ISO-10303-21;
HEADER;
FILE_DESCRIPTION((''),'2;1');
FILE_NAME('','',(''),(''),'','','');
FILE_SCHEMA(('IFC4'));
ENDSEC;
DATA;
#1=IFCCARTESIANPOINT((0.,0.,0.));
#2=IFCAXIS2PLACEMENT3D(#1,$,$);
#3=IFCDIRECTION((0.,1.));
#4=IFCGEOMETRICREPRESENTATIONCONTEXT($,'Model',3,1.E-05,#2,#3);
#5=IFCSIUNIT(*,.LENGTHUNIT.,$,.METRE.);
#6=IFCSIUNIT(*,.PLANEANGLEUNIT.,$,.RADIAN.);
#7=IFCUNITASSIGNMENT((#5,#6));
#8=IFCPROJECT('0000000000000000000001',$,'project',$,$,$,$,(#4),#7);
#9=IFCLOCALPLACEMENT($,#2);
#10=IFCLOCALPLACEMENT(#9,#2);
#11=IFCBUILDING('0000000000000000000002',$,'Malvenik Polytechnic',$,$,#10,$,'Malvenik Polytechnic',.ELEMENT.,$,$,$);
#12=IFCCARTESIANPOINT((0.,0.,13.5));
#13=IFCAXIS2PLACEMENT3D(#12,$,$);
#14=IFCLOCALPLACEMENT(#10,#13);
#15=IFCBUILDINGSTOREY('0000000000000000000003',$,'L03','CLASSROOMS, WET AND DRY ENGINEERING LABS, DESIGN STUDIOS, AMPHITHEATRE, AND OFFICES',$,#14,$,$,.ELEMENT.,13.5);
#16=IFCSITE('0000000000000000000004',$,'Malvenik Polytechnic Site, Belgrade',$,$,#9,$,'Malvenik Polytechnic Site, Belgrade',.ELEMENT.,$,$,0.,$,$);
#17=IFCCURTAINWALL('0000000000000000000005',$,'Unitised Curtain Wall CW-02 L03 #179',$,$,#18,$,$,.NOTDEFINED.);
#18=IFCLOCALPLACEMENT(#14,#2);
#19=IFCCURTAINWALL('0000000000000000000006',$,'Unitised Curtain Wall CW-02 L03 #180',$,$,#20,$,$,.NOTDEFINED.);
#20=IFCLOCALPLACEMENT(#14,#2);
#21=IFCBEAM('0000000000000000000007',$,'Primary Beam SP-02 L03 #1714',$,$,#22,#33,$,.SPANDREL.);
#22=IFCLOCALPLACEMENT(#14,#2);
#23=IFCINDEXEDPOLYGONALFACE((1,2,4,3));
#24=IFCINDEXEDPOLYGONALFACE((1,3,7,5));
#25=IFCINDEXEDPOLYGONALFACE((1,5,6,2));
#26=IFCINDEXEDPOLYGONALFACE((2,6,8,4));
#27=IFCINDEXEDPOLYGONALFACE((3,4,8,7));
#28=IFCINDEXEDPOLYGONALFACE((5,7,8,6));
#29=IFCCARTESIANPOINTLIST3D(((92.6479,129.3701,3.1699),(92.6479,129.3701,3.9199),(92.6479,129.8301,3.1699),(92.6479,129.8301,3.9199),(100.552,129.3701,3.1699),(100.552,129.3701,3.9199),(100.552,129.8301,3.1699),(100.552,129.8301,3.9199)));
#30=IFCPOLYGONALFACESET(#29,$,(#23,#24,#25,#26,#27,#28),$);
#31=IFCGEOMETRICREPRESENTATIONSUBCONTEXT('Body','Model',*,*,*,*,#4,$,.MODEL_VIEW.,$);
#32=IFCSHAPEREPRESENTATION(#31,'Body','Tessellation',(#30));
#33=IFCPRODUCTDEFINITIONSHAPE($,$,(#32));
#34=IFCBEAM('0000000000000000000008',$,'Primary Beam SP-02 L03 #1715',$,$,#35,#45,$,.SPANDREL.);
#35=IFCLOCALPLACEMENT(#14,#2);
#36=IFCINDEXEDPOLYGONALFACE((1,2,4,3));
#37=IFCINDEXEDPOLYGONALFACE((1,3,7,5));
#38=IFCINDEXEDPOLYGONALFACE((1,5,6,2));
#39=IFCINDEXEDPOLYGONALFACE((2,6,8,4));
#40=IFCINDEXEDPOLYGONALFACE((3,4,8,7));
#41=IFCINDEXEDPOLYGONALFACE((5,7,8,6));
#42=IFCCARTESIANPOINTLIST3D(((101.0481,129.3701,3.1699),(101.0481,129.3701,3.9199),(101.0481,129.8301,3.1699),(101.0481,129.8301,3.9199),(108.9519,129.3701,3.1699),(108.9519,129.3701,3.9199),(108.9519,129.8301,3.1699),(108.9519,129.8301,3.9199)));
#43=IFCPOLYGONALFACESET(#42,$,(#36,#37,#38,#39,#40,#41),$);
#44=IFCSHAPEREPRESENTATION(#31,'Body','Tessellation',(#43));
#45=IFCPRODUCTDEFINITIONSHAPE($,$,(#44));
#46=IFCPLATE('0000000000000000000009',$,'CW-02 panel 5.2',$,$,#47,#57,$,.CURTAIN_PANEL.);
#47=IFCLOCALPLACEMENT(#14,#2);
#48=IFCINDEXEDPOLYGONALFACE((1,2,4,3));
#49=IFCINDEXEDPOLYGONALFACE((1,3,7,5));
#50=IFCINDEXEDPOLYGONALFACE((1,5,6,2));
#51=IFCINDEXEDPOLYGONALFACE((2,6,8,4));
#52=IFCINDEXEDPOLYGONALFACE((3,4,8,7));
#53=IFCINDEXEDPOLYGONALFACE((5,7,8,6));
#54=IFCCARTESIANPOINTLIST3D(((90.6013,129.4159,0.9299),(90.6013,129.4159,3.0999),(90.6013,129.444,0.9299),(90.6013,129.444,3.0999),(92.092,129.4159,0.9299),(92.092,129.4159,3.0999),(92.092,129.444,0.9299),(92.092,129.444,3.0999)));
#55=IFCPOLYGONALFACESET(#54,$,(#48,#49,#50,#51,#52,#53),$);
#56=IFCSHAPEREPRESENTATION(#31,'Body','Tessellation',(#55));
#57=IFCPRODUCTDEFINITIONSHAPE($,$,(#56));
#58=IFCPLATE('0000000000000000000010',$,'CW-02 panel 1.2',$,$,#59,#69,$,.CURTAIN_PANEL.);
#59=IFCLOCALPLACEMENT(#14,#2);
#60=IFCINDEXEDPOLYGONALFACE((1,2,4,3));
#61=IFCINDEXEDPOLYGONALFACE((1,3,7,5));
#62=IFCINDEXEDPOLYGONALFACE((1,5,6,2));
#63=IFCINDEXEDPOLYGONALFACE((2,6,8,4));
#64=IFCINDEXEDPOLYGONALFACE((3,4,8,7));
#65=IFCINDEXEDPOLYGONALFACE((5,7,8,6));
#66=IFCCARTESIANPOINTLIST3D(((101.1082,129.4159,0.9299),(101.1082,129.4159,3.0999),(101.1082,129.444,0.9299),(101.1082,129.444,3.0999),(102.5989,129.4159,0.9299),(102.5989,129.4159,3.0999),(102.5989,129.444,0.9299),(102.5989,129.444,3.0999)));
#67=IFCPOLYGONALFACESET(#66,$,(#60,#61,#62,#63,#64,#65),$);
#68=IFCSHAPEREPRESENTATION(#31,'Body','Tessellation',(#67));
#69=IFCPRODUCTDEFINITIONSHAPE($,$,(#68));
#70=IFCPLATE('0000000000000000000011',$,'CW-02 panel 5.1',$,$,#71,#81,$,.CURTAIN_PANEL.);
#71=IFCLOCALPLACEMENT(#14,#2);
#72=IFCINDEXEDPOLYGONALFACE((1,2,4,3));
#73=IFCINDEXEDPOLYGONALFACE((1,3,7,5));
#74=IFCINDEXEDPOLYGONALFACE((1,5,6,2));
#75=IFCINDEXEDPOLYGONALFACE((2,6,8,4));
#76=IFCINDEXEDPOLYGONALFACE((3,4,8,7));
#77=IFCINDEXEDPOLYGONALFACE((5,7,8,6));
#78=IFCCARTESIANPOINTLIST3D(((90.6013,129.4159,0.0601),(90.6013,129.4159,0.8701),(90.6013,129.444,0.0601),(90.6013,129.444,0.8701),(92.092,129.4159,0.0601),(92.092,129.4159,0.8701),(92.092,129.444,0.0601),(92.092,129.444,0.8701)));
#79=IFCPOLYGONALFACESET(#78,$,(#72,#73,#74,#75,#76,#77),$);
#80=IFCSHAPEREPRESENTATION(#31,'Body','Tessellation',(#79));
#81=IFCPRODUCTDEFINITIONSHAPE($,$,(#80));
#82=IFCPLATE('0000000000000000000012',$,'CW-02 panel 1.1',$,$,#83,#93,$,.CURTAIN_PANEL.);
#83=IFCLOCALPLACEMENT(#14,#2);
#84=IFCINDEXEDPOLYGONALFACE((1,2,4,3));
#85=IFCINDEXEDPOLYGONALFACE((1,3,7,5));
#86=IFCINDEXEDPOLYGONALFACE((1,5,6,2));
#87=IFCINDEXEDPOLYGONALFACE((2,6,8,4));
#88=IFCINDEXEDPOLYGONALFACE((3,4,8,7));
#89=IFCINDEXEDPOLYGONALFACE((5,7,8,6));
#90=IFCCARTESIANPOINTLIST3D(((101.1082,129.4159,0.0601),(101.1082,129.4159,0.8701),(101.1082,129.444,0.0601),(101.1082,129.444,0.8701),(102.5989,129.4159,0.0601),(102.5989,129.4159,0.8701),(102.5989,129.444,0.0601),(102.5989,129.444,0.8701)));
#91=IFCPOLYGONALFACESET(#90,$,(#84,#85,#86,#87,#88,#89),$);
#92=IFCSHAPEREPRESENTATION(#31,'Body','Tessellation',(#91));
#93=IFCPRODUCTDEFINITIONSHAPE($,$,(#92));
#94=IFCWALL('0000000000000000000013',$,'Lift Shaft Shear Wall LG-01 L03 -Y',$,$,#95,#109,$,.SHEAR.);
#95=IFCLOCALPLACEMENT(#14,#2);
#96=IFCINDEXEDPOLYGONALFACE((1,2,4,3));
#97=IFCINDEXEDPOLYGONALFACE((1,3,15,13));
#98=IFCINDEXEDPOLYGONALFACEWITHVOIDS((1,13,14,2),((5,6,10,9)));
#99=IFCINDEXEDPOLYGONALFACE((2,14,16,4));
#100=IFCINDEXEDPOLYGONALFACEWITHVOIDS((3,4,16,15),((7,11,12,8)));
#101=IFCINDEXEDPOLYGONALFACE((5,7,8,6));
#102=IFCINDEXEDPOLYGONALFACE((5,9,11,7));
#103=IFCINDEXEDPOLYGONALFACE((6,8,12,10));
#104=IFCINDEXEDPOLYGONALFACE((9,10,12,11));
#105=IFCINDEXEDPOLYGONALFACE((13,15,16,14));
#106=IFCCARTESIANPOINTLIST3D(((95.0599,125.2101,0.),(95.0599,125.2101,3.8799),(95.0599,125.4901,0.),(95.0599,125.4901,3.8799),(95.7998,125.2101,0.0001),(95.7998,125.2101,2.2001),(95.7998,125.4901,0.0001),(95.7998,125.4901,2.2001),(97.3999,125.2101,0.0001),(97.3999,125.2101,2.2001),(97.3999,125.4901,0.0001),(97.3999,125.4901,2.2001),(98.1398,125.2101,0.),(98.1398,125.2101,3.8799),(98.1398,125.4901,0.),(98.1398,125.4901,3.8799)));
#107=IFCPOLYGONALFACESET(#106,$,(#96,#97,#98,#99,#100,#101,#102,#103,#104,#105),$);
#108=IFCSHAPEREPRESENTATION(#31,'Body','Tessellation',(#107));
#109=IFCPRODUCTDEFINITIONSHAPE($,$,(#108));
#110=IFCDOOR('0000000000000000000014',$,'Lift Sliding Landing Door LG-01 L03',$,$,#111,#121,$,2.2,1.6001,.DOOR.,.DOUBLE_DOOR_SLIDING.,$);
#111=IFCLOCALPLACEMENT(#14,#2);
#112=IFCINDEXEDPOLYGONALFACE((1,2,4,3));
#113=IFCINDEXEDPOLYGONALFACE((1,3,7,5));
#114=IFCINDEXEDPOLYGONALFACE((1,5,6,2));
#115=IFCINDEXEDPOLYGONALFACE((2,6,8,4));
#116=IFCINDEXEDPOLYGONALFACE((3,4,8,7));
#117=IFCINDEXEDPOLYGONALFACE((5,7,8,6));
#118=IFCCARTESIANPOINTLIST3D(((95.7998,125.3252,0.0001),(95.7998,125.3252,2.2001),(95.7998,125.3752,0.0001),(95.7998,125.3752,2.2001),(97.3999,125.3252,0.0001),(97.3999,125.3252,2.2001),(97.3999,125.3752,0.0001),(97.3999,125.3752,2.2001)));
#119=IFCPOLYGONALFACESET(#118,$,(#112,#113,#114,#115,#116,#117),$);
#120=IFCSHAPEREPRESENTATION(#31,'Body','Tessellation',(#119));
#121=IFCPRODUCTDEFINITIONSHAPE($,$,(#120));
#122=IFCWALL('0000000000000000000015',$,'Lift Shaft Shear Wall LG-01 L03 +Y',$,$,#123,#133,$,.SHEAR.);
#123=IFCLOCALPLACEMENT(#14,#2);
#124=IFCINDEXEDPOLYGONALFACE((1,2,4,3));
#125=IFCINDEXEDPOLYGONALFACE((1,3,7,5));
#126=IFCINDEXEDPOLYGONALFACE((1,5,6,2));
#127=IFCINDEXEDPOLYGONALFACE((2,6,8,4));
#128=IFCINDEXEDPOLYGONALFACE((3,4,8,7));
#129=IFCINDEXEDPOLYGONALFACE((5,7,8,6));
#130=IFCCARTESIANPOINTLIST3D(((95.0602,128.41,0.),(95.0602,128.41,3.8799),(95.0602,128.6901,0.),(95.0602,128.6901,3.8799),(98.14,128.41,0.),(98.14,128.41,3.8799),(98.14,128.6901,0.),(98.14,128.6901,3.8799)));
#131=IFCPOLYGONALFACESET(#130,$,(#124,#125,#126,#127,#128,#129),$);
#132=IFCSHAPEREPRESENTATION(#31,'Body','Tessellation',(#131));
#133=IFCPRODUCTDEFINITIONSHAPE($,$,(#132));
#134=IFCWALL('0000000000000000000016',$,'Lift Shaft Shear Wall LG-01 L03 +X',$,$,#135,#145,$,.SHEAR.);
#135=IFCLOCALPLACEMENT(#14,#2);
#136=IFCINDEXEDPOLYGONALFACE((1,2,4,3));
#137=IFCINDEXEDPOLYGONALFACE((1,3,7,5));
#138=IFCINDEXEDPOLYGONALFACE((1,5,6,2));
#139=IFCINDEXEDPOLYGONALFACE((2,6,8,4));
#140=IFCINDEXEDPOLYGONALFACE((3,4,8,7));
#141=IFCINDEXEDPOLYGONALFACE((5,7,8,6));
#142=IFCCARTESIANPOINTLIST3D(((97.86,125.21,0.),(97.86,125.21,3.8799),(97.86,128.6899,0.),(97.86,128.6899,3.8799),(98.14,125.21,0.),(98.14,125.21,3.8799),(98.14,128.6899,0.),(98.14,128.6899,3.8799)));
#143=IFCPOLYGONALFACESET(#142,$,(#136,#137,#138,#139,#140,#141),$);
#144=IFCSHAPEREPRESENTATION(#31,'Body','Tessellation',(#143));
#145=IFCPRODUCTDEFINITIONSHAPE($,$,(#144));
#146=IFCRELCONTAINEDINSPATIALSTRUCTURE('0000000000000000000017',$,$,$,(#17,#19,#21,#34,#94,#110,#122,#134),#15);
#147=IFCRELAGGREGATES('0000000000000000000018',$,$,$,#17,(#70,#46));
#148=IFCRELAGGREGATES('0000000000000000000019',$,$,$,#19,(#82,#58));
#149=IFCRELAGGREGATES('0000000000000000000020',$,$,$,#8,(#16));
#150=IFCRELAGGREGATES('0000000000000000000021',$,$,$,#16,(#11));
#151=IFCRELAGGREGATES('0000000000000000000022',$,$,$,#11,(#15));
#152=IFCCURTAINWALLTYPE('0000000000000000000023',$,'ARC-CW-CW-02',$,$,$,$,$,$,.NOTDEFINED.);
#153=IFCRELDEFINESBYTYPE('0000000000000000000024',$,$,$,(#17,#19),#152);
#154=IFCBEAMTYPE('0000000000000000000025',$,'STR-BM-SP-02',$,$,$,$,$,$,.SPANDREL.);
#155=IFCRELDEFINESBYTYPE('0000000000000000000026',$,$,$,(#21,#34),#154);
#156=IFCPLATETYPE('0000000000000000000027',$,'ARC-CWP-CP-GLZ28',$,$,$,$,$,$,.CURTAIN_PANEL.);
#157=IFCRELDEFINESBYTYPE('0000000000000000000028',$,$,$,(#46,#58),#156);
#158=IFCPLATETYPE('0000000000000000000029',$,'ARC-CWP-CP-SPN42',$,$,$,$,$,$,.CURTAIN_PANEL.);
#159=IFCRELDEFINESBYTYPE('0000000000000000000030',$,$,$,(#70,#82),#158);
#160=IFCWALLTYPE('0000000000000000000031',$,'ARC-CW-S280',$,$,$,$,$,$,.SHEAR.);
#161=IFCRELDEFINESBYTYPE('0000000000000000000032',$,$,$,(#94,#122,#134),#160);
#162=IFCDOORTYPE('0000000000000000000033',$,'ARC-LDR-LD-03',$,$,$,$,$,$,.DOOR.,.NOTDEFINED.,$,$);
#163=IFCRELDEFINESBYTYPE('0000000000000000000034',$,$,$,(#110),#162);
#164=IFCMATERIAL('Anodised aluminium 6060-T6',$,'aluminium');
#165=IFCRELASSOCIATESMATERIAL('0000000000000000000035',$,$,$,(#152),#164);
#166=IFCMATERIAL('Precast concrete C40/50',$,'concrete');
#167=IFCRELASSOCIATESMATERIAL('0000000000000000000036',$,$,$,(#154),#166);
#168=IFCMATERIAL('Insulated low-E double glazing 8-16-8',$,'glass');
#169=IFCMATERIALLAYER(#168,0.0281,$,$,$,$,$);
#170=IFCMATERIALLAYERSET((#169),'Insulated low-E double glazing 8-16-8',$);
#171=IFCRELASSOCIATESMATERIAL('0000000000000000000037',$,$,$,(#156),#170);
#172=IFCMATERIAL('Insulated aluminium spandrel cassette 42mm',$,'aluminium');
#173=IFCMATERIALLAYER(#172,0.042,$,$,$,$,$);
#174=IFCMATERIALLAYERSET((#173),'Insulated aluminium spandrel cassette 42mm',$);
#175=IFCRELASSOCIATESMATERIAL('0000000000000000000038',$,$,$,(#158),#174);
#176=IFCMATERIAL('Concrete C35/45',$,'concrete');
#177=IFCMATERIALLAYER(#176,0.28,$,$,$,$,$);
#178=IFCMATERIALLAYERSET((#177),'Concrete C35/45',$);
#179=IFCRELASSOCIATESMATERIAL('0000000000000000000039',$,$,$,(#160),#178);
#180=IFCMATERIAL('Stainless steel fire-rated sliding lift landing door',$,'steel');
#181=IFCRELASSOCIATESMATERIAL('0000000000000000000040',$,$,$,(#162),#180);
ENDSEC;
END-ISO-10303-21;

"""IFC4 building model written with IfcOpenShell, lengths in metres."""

from ifc_helpers import new_model, si_unit, direction, frame, frame_2d, origin, origin_2d, place, context, subcontext, project, spatial, rectangle, extrude, material, layer, layer_set, material_profile, profile_set, type_object, element, fill, aggregate, save


model = new_model("IFC4")

# Units and contexts
model_context = context("Model", 3, precision=1e-05, world=origin(), true_north=direction((0.0, 1.0)))
body_context = subcontext(model_context, "Body", "Model", "MODEL_VIEW")
ifc_project = project(units=[si_unit("LENGTHUNIT", "METRE"), si_unit("PLANEANGLEUNIT", "RADIAN")], contexts=[model_context])

# Site, building, storey
site_placement = place(None, origin())
site = spatial("IfcSite", under=ifc_project, at=site_placement, Name="Malvenik Polytechnic Site, Belgrade", LongName="Malvenik Polytechnic Site, Belgrade", CompositionType="ELEMENT", RefElevation=0.0)
building_placement = place(site_placement, origin())
building = spatial("IfcBuilding", under=site, at=building_placement, Name="Malvenik Polytechnic", LongName="Malvenik Polytechnic", CompositionType="ELEMENT")
storey_placement = place(building_placement, frame((0.0, 0.0, 13.5)))
storey = spatial("IfcBuildingStorey", under=building, at=storey_placement, Name="L03", Description="CLASSROOMS, WET AND DRY ENGINEERING LABS, DESIGN STUDIOS, AMPHITHEATRE, AND OFFICES", CompositionType="ELEMENT", Elevation=13.5)

# Shared definitions
ifc_material_1 = material(Name="Concrete C35/45", Category="concrete")

# Curtain walls
ifc_material_2 = material(Name="Anodised aluminium 6060-T6", Category="aluminium")
curtain_wall_type = type_object("IfcCurtainWallType", Name="ARC-CW-CW-02", PredefinedType="NOTDEFINED", material=ifc_material_2)
curtain_wall_1_placement = place(storey_placement, origin())
curtain_wall_1 = element("IfcCurtainWall", 1, at=curtain_wall_1_placement, inside=storey, type_object=curtain_wall_type, Name="Unitised Curtain Wall CW-02 L03 #179", PredefinedType="NOTDEFINED")
curtain_wall_2_placement = place(storey_placement, origin())
curtain_wall_2 = element("IfcCurtainWall", 2, at=curtain_wall_2_placement, inside=storey, type_object=curtain_wall_type, Name="Unitised Curtain Wall CW-02 L03 #180", PredefinedType="NOTDEFINED")

# Beams
ifc_material_3 = material(Name="Precast concrete C40/50", Category="concrete")
ifc_material_profile_1 = material_profile(ifc_material_3, rectangle(XDim=0.46, YDim=0.75, at=origin_2d()), Name="PC SPN 460x750")
ifc_profile_set_1 = profile_set([ifc_material_profile_1], Name="Precast concrete C40/50")
beam_type = type_object("IfcBeamType", Name="STR-BM-SP-02", PredefinedType="SPANDREL", material=ifc_profile_set_1)
beam_1_placement = place(storey_placement, frame((92.6479, 129.6001, 3.5449), z_axis=(1.0, 0.0, 0.0), x_axis=(0.0, 1.0, 0.0)))
element("IfcBeam", 3, at=beam_1_placement, inside=storey, type_object=beam_type, Name="Primary Beam SP-02 L03 #1714", PredefinedType="SPANDREL", context=body_context, shape_type="SweptSolid", body=[
    extrude(rectangle(XDim=0.46, YDim=0.75, at=origin_2d()), origin(), (0.0, 0.0, 1.0), 7.9041),
])
beam_2_placement = place(storey_placement, frame((101.0481, 129.6001, 3.5449), z_axis=(1.0, 0.0, 0.0), x_axis=(0.0, 1.0, 0.0)))
element("IfcBeam", 4, at=beam_2_placement, inside=storey, type_object=beam_type, Name="Primary Beam SP-02 L03 #1715", PredefinedType="SPANDREL", context=body_context, shape_type="SweptSolid", body=[
    extrude(rectangle(XDim=0.46, YDim=0.75, at=origin_2d()), origin(), (0.0, 0.0, 1.0), 7.9038),
])

# Plates
ifc_material_4 = material(Name="Insulated low-E double glazing 8-16-8", Category="glass")
ifc_layer_1 = layer(ifc_material_4, 0.0281)
ifc_layer_set_1 = layer_set([ifc_layer_1], Name="Insulated low-E double glazing 8-16-8")
plate_type_1 = type_object("IfcPlateType", Name="ARC-CWP-CP-GLZ28", PredefinedType="CURTAIN_PANEL", material=ifc_layer_set_1)
plate_1_placement = place(storey_placement, frame((91.3467, 129.4299, 0.9299), z_axis=(0.0, 0.0, 1.0), x_axis=(1.0, 0.0, 0.0)))
plate_1 = element("IfcPlate", 5, at=plate_1_placement, type_object=plate_type_1, Name="CW-02 panel 5.2", PredefinedType="CURTAIN_PANEL", context=body_context, shape_type="SweptSolid", body=[
    extrude(rectangle(XDim=1.4907, YDim=0.0281, at=origin_2d()), origin(), (0.0, 0.0, 1.0), 2.1699),
])
plate_2_placement = place(storey_placement, frame((101.8535, 129.4299, 0.9299), z_axis=(0.0, 0.0, 1.0), x_axis=(1.0, 0.0, 0.0)))
plate_2 = element("IfcPlate", 6, at=plate_2_placement, type_object=plate_type_1, Name="CW-02 panel 1.2", PredefinedType="CURTAIN_PANEL", context=body_context, shape_type="SweptSolid", body=[
    extrude(rectangle(XDim=1.4907, YDim=0.0281, at=origin_2d()), origin(), (0.0, 0.0, 1.0), 2.1699),
])
ifc_material_5 = material(Name="Insulated aluminium spandrel cassette 42mm", Category="aluminium")
ifc_layer_2 = layer(ifc_material_5, 0.042)
ifc_layer_set_2 = layer_set([ifc_layer_2], Name="Insulated aluminium spandrel cassette 42mm")
plate_type_2 = type_object("IfcPlateType", Name="ARC-CWP-CP-SPN42", PredefinedType="CURTAIN_PANEL", material=ifc_layer_set_2)
plate_3_placement = place(storey_placement, frame((91.3467, 129.4299, 0.0601), z_axis=(0.0, 0.0, 1.0), x_axis=(1.0, 0.0, 0.0)))
plate_3 = element("IfcPlate", 7, at=plate_3_placement, type_object=plate_type_2, Name="CW-02 panel 5.1", PredefinedType="CURTAIN_PANEL", context=body_context, shape_type="SweptSolid", body=[
    extrude(rectangle(XDim=1.4907, YDim=0.0281, at=origin_2d()), origin(), (0.0, 0.0, 1.0), 0.8101),
])
aggregate(curtain_wall_1, [plate_3, plate_1])
plate_4_placement = place(storey_placement, frame((101.8535, 129.4299, 0.0601), z_axis=(0.0, 0.0, 1.0), x_axis=(1.0, 0.0, 0.0)))
plate_4 = element("IfcPlate", 8, at=plate_4_placement, type_object=plate_type_2, Name="CW-02 panel 1.1", PredefinedType="CURTAIN_PANEL", context=body_context, shape_type="SweptSolid", body=[
    extrude(rectangle(XDim=1.4907, YDim=0.0281, at=origin_2d()), origin(), (0.0, 0.0, 1.0), 0.8101),
])
aggregate(curtain_wall_2, [plate_4, plate_2])

# Wall, opening, door
ifc_layer_3 = layer(ifc_material_1, 0.28)
ifc_layer_set_3 = layer_set([ifc_layer_3], Name="Concrete C35/45")
wall_type_1 = type_object("IfcWallType", Name="ARC-CW-S280", PredefinedType="SHEAR", material=ifc_layer_set_3)
wall_1_placement = place(storey_placement, frame((98.1399, 125.3501, 0.0), z_axis=(0.0, 0.0, 1.0), x_axis=(-1.0, 0.0, 0.0)))
wall_1 = element("IfcWall", 9, at=wall_1_placement, inside=storey, type_object=wall_type_1, Name="Lift Shaft Shear Wall LG-01 L03 -Y", PredefinedType="SHEAR", context=body_context, shape_type="SweptSolid", body=[
    extrude(rectangle(XDim=3.0798, YDim=0.28, at=frame_2d((1.54, 0.0))), origin(), (0.0, 0.0, 1.0), 3.8799),
])
opening_1_placement = place(wall_1_placement, frame((0.74, 0.0, 0.0)))
opening_1 = element("IfcOpeningElement", 10, at=opening_1_placement, cuts=wall_1, PredefinedType="OPENING", context=body_context, shape_type="SweptSolid", body=[
    extrude(rectangle(XDim=1.6001, YDim=2.2, at=frame_2d((0.8, 1.1001))), frame((0.0, 0.1499, 0.0), z_axis=(0.0, -1.0, 0.0), x_axis=(1.0, 0.0, 0.0)), (0.0, 0.0, 1.0), 0.3),
])
ifc_material_6 = material(Name="Stainless steel fire-rated sliding lift landing door", Category="steel")
door_type_1 = type_object("IfcDoorType", Name="ARC-LDR-LD-03", OperationType="NOTDEFINED", PredefinedType="DOOR", material=ifc_material_6)
door_1_placement = place(opening_1_placement, origin())
door_1 = element("IfcDoor", 11, at=door_1_placement, inside=storey, type_object=door_type_1, Name="Lift Sliding Landing Door LG-01 L03", OperationType="DOUBLE_DOOR_SLIDING", OverallHeight=2.2, OverallWidth=1.6001, PredefinedType="DOOR", context=body_context, shape_type="SweptSolid", body=[
    extrude(rectangle(XDim=1.6001, YDim=2.2, at=frame_2d((0.8, 1.1001))), frame((0.0, 0.0249, 0.0), z_axis=(0.0, -1.0, 0.0), x_axis=(1.0, 0.0, 0.0)), (0.0, 0.0, 1.0), 0.05),
])
fill(opening_1, door_1)

# Walls
wall_2_placement = place(storey_placement, frame((95.0601, 128.55, 0.0), z_axis=(0.0, 0.0, 1.0), x_axis=(1.0, 0.0, 0.0)))
element("IfcWall", 12, at=wall_2_placement, inside=storey, type_object=wall_type_1, Name="Lift Shaft Shear Wall LG-01 L03 +Y", PredefinedType="SHEAR", context=body_context, shape_type="SweptSolid", body=[
    extrude(rectangle(XDim=3.0798, YDim=0.28, at=frame_2d((1.54, 0.0))), origin(), (0.0, 0.0, 1.0), 3.8799),
])
wall_3_placement = place(storey_placement, frame((98.0, 128.6899, 0.0), z_axis=(0.0, 0.0, 1.0), x_axis=(0.0, -1.0, 0.0)))
element("IfcWall", 13, at=wall_3_placement, inside=storey, type_object=wall_type_1, Name="Lift Shaft Shear Wall LG-01 L03 +X", PredefinedType="SHEAR", context=body_context, shape_type="SweptSolid", body=[
    extrude(rectangle(XDim=3.48, YDim=0.28, at=frame_2d((1.74, 0.0))), origin(), (0.0, 0.0, 1.0), 3.8799),
])

save(model, "model.ifc")
